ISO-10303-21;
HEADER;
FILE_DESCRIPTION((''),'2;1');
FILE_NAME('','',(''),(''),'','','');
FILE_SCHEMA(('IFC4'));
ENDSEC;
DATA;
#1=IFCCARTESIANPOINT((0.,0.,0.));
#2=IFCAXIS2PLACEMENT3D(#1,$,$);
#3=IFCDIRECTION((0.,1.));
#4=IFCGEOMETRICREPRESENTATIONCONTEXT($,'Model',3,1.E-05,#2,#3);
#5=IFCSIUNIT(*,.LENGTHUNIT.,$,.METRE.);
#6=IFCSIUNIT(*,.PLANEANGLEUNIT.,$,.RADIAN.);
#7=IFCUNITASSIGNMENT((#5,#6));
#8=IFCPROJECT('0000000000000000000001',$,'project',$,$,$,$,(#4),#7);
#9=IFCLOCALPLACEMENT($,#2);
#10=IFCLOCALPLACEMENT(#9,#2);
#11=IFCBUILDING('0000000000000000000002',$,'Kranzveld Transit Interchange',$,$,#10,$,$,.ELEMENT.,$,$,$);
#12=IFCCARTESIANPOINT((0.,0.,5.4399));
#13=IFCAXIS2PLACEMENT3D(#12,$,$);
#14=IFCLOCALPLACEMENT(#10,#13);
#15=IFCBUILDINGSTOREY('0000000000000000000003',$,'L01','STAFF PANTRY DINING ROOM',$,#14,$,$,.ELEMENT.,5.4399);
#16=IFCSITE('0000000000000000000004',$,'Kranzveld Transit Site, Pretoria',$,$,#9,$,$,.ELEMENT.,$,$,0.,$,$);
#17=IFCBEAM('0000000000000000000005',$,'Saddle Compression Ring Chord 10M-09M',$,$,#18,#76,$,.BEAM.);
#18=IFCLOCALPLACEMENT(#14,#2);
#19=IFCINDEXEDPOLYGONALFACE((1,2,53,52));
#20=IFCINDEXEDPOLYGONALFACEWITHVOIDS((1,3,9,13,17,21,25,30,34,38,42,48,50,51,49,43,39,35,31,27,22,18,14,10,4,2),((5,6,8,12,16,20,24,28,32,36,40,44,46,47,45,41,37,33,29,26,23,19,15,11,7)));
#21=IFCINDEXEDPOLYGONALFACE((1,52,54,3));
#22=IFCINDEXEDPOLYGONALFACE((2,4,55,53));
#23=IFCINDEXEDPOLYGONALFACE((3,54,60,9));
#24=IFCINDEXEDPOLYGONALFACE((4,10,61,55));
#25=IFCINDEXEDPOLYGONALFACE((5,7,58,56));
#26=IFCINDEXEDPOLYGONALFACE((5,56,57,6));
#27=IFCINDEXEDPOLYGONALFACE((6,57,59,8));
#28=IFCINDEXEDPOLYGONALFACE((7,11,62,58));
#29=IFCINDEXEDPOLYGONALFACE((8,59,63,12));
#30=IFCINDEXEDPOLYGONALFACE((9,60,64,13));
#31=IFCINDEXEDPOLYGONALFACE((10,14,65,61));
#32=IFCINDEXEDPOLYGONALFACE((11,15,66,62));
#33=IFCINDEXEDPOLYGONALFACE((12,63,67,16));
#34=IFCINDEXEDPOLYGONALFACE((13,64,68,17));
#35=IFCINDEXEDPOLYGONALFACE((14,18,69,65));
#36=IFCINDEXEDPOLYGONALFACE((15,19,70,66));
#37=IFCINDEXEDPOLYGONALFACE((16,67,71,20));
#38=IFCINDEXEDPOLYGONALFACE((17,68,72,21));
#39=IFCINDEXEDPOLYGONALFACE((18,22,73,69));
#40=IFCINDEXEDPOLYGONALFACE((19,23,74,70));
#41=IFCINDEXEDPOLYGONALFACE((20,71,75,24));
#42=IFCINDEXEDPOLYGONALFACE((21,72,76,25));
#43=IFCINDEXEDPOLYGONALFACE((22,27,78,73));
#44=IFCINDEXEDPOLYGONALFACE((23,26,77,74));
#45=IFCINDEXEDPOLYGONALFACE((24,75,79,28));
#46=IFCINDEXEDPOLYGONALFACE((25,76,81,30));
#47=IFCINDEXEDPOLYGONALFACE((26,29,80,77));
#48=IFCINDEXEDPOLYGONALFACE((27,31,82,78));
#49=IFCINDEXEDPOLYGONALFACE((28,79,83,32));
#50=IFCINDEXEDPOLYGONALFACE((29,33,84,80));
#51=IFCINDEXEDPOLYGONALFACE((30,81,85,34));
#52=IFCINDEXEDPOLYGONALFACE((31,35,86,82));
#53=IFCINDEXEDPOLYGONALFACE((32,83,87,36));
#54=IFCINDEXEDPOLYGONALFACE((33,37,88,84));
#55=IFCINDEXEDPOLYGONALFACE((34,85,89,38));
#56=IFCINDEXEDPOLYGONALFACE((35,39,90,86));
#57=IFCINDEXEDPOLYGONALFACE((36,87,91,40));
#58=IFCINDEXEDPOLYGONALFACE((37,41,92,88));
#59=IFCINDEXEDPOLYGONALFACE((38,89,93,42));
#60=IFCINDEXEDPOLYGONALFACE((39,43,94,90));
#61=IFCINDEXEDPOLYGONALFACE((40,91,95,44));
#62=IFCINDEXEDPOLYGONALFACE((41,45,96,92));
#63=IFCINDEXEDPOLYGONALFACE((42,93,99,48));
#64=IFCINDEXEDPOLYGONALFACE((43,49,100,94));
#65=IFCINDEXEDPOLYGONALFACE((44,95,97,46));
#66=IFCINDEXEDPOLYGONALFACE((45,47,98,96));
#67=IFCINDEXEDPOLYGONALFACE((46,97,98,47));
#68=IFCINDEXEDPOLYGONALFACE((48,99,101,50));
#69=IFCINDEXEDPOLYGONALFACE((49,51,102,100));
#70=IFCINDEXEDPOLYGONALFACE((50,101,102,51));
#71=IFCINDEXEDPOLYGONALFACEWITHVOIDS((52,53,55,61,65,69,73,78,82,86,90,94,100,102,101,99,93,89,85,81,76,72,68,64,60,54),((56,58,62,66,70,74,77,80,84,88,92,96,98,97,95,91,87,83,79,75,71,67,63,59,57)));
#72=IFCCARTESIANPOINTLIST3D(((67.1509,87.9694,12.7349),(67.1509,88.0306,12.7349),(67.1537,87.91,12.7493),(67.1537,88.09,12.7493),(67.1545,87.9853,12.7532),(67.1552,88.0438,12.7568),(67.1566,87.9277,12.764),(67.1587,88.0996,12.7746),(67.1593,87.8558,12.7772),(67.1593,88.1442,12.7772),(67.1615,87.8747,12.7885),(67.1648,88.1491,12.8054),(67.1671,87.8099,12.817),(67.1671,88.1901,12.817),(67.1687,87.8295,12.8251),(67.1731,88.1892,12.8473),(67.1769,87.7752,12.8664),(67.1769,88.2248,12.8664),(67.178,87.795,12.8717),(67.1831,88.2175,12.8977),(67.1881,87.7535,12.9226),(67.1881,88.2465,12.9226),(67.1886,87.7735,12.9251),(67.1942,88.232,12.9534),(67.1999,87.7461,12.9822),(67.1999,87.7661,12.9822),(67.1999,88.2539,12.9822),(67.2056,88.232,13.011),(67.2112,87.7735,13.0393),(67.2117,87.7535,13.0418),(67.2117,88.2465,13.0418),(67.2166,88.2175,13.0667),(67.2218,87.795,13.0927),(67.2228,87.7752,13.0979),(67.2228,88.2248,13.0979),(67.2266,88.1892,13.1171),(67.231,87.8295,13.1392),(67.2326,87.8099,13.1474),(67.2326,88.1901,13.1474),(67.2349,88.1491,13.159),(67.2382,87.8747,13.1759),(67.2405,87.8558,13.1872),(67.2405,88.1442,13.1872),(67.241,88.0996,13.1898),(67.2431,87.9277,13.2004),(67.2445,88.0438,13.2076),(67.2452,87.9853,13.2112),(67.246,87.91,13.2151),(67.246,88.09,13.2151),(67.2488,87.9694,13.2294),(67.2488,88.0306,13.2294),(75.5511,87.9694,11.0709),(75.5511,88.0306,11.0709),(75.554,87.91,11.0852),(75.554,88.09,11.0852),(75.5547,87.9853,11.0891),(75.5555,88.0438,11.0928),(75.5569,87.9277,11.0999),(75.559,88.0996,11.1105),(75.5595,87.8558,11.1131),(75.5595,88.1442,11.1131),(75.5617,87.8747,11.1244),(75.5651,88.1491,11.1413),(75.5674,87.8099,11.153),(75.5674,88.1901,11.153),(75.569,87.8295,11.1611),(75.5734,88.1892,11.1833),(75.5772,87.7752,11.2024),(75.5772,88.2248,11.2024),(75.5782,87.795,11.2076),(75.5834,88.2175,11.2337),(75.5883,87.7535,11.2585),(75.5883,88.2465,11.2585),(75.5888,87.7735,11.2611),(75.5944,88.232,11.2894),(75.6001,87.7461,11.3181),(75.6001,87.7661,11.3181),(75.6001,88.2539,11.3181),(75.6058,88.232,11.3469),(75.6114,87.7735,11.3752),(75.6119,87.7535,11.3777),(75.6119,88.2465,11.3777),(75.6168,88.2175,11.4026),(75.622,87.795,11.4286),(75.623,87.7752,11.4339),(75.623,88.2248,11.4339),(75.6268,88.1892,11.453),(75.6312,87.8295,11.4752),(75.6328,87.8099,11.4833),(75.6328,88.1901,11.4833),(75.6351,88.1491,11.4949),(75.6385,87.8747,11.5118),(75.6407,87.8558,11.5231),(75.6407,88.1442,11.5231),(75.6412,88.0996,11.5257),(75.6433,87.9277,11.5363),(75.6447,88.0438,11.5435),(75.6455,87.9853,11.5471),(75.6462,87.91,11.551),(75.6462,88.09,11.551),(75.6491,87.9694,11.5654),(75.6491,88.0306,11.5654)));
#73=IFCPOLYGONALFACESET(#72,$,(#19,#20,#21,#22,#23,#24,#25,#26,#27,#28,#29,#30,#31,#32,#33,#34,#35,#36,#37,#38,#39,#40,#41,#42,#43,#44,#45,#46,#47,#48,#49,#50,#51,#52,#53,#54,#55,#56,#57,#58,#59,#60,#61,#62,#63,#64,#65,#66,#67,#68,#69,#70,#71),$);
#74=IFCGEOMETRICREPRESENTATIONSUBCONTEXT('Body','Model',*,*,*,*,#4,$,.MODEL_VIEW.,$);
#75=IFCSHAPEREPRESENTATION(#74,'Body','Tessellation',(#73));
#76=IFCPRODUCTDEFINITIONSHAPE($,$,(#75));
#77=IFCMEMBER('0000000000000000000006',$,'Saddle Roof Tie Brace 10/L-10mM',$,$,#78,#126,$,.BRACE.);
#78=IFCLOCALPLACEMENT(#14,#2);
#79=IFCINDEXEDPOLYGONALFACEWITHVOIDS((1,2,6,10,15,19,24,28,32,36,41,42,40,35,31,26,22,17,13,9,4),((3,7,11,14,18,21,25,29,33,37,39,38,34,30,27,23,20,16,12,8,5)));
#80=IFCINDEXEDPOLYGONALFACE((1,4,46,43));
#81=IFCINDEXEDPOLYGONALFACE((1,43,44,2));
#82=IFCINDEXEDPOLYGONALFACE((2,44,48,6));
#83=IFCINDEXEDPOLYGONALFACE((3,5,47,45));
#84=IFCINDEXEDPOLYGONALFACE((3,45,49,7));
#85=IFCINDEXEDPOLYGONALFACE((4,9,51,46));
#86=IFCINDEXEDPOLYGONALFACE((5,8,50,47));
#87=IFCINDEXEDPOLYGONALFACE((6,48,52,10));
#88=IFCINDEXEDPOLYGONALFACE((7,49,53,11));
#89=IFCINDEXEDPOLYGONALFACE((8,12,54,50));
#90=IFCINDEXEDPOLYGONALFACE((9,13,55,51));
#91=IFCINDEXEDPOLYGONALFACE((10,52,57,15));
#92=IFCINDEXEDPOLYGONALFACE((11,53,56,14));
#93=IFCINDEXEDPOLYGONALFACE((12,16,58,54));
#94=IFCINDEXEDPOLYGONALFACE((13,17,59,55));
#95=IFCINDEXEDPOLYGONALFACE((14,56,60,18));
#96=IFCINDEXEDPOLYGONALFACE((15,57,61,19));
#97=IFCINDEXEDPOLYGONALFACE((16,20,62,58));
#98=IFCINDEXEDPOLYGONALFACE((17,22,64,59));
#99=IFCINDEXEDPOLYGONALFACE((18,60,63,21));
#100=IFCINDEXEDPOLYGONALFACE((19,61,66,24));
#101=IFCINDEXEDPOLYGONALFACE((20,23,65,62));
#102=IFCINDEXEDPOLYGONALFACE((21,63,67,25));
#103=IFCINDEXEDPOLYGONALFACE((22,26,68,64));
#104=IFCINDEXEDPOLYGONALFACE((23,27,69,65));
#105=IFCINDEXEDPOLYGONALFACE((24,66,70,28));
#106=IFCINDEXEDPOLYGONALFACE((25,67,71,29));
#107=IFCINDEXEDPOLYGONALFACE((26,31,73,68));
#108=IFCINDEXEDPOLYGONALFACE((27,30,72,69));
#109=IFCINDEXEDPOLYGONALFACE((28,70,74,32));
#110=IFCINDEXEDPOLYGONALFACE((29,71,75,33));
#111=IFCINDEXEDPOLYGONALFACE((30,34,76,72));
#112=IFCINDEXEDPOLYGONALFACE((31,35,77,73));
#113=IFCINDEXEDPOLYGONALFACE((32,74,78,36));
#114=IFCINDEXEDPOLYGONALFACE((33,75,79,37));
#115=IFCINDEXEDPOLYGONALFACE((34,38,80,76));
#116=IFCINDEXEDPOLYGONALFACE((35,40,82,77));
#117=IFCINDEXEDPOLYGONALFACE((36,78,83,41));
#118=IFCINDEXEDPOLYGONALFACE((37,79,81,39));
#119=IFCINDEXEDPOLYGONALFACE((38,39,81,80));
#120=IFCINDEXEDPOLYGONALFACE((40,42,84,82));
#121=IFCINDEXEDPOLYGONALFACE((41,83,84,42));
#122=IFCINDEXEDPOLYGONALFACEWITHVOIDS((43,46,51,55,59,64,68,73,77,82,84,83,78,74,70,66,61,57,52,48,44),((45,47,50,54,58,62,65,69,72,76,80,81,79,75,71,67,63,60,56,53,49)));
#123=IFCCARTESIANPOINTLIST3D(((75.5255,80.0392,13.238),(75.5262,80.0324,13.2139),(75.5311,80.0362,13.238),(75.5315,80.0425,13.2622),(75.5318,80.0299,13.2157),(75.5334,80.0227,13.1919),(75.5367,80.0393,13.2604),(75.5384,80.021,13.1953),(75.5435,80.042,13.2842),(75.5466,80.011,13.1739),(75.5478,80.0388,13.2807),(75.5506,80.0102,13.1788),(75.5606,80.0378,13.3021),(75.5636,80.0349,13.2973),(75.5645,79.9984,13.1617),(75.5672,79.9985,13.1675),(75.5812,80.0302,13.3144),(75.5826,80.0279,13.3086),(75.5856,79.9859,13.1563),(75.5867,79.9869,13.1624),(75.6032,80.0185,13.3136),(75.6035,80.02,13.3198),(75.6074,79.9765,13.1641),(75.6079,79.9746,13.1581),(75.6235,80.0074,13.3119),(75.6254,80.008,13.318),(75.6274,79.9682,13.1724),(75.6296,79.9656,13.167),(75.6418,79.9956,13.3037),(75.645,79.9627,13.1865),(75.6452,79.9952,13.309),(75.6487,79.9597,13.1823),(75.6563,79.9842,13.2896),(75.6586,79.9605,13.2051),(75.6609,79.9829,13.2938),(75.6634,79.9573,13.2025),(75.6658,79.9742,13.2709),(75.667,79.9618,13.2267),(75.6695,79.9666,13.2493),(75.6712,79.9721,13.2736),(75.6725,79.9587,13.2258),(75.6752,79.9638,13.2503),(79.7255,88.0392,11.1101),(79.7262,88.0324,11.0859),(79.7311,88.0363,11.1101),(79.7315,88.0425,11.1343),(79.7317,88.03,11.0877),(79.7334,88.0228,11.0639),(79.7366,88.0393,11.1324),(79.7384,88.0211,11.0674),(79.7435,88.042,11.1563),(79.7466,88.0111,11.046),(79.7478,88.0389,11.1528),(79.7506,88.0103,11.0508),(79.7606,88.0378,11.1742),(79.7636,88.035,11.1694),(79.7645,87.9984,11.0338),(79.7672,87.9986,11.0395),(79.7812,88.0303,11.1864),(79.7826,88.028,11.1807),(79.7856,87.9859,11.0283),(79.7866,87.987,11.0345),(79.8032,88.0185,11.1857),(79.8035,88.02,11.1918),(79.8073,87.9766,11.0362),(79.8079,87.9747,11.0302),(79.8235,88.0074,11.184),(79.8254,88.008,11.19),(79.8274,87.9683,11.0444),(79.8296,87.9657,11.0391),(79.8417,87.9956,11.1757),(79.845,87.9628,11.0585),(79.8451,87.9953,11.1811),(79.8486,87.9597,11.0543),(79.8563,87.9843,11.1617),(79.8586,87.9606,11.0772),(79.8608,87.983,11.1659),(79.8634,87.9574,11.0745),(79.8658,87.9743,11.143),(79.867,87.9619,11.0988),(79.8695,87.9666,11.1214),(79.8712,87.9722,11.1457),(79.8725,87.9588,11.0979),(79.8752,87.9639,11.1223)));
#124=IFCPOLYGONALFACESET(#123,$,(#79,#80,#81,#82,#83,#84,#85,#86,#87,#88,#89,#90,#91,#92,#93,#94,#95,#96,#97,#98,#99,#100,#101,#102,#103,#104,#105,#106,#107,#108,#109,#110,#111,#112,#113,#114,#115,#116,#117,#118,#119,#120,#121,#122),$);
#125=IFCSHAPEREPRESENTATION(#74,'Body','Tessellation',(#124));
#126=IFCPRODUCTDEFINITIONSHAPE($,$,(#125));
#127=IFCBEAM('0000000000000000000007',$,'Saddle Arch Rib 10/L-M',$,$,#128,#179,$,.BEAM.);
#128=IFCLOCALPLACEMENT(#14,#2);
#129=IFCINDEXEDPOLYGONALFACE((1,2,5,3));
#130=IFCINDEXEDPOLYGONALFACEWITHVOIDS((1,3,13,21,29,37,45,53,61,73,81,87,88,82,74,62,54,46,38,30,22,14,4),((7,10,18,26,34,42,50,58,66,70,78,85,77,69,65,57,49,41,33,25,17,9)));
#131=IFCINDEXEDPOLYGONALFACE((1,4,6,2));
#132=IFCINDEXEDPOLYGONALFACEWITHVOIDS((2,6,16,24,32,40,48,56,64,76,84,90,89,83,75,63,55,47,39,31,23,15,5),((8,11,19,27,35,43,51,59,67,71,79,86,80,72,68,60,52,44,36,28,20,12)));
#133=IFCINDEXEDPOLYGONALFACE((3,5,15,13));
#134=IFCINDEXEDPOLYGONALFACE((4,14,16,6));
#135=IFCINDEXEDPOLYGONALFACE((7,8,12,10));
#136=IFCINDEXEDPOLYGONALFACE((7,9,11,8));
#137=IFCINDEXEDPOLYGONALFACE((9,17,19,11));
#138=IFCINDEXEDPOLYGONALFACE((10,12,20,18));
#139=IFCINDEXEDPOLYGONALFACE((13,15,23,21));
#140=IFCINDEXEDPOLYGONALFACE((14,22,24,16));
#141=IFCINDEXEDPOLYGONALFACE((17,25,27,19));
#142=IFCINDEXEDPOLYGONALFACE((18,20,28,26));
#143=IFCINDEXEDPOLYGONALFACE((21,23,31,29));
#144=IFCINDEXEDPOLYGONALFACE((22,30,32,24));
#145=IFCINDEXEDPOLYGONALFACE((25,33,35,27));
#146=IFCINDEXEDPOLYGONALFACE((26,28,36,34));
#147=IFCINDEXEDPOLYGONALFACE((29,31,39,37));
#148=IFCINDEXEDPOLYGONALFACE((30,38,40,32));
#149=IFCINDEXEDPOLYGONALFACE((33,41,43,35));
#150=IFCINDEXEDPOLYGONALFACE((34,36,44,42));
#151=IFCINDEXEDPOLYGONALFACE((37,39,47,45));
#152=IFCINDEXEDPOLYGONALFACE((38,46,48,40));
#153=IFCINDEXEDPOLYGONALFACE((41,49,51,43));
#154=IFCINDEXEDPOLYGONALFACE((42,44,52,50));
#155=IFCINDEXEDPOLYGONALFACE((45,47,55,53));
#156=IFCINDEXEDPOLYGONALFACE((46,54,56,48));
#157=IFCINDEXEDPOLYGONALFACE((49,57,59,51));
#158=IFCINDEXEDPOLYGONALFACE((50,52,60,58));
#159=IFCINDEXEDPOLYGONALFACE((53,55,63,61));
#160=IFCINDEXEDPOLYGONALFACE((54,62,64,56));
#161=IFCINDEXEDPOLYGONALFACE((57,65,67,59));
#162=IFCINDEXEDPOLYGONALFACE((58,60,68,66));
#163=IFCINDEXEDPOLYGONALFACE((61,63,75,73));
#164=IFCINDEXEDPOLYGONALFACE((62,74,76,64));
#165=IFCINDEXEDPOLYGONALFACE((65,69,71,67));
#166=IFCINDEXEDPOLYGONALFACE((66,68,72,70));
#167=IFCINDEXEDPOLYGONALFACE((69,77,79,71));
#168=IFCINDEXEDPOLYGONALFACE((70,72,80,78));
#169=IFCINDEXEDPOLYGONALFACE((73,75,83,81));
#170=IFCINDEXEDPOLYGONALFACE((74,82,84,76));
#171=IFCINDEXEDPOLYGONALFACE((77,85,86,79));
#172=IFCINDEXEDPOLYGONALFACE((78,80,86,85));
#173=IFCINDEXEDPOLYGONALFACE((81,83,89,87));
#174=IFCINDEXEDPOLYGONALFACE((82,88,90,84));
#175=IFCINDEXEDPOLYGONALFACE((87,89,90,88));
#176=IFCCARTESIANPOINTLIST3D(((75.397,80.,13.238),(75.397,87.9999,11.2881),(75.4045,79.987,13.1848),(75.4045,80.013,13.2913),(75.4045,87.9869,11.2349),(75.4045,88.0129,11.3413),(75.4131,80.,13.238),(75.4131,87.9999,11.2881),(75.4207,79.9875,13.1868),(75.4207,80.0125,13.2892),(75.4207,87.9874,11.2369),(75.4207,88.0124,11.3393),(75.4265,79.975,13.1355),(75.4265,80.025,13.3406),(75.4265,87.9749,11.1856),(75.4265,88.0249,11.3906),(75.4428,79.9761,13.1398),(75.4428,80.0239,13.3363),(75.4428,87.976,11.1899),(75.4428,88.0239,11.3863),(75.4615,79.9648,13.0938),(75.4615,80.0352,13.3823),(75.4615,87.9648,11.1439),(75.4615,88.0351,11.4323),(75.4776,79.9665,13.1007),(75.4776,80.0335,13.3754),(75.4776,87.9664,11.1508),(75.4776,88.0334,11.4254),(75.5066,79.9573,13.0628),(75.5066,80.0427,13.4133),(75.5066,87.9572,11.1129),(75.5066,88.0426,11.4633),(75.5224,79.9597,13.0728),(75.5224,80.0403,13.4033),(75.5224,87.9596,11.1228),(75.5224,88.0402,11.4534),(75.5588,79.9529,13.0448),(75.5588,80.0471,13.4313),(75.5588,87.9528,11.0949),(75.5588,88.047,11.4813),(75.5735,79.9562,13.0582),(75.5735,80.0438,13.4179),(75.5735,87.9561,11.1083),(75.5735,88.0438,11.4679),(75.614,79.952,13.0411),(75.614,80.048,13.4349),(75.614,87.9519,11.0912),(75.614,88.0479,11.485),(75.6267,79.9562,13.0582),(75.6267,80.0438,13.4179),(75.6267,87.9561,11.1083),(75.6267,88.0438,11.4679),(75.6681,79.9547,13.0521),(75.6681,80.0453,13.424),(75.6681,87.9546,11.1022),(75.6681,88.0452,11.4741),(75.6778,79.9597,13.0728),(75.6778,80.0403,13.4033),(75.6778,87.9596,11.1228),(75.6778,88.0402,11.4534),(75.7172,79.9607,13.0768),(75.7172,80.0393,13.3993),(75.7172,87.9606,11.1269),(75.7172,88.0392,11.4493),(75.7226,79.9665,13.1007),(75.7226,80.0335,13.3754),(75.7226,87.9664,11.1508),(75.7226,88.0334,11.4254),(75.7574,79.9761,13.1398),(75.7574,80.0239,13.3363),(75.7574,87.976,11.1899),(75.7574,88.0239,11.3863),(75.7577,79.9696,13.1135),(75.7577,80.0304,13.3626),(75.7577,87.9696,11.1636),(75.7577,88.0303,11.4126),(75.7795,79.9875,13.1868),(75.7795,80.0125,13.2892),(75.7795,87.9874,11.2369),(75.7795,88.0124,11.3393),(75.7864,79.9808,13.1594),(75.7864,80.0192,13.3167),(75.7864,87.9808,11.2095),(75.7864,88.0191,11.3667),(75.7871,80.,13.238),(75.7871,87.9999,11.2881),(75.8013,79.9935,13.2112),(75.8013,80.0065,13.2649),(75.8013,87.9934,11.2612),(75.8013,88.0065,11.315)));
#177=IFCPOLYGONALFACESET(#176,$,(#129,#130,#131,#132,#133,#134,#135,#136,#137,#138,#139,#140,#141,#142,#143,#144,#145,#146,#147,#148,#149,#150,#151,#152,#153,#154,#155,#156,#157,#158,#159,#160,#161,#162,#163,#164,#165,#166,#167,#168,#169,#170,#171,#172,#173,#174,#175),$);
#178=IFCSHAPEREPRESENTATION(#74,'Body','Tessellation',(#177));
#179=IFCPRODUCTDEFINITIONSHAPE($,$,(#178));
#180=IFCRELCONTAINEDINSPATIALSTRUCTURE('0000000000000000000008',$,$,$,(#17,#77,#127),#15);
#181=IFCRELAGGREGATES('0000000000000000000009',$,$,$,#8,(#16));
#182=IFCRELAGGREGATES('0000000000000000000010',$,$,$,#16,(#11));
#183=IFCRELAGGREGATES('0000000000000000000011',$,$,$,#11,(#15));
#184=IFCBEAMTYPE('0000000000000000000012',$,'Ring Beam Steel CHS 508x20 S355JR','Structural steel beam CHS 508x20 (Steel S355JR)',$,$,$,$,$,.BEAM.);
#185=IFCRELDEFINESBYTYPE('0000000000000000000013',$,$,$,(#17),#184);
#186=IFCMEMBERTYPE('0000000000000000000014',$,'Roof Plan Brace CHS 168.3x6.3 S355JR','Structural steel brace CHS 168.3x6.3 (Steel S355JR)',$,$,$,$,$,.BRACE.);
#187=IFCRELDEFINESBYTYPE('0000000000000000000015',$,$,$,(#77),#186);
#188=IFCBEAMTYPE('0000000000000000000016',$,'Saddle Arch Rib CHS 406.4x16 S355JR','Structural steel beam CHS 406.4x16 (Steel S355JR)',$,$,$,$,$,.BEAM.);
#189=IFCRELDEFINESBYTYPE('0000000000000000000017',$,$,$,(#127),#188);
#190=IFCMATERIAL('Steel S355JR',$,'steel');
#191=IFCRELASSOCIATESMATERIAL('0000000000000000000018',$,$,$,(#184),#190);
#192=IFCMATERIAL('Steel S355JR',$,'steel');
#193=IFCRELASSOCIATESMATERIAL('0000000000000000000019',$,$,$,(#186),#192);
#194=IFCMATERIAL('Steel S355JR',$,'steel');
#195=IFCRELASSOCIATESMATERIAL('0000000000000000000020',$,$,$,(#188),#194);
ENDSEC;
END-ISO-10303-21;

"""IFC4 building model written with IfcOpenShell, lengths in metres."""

from ifc_helpers import new_model, si_unit, direction, frame, origin, origin_2d, place, context, subcontext, project, spatial, hollow_circle, extrude, material, material_profile, profile_set, type_object, element, save


model = new_model("IFC4")

# Units and contexts
model_context = context("Model", 3, precision=1e-05, world=origin(), true_north=direction((0.0, 1.0)))
body_context = subcontext(model_context, "Body", "Model", "MODEL_VIEW")
ifc_project = project(units=[si_unit("LENGTHUNIT", "METRE"), si_unit("PLANEANGLEUNIT", "RADIAN")], contexts=[model_context])

# Site, building, storey
site_placement = place(None, origin())
site = spatial("IfcSite", under=ifc_project, at=site_placement, Name="Kranzveld Transit Site, Pretoria", CompositionType="ELEMENT", RefElevation=0.0)
building_placement = place(site_placement, origin())
building = spatial("IfcBuilding", under=site, at=building_placement, Name="Kranzveld Transit Interchange", CompositionType="ELEMENT")
storey_placement = place(building_placement, frame((0.0, 0.0, 5.4399)))
storey = spatial("IfcBuildingStorey", under=building, at=storey_placement, Name="L01", Description="STAFF PANTRY DINING ROOM", CompositionType="ELEMENT", Elevation=5.4399)

# Beam
ifc_material_1 = material(Name="Steel S355JR", Category="steel")
ifc_material_profile_1 = material_profile(ifc_material_1, hollow_circle(Radius=0.2539, WallThickness=0.02, at=origin_2d()), Name="CHS 508x20")
ifc_profile_set_1 = profile_set([ifc_material_profile_1], Name="Steel S355JR")
beam_type_1 = type_object("IfcBeamType", Name="Ring Beam Steel CHS 508x20 S355JR", Description="Structural steel beam CHS 508x20 (Steel S355JR)", PredefinedType="BEAM", material=ifc_profile_set_1)
beam_1_placement = place(storey_placement, frame((75.6001, 88.0, 11.3181), z_axis=(-0.980938, 0.0, 0.194323), x_axis=(0.0, -1.0, 0.0)))
element("IfcBeam", 1, at=beam_1_placement, inside=storey, type_object=beam_type_1, Name="Saddle Compression Ring Chord 10M-09M", PredefinedType="BEAM", context=body_context, shape_type="SweptSolid", body=[
    extrude(hollow_circle(Radius=0.2539, WallThickness=0.02, at=origin_2d()), origin(), (0.0, 0.0, 1.0), 8.5635),
])

# Member
ifc_material_2 = material(Name="Steel S355JR", Category="steel")
ifc_material_profile_2 = material_profile(ifc_material_2, hollow_circle(Radius=0.0842, WallThickness=0.0063, at=origin_2d()), Name="CHS 168.3x6.3")
ifc_profile_set_2 = profile_set([ifc_material_profile_2], Name="Steel S355JR")
member_type_1 = type_object("IfcMemberType", Name="Roof Plan Brace CHS 168.3x6.3 S355JR", Description="Structural steel brace CHS 168.3x6.3 (Steel S355JR)", PredefinedType="BRACE", material=ifc_profile_set_2)
member_1_placement = place(storey_placement, frame((75.6001, 80.0, 13.238), z_axis=(0.452452, 0.861822, -0.229237), x_axis=(-0.8854, 0.46483, 0.0)))
element("IfcMember", 2, at=member_1_placement, inside=storey, type_object=member_type_1, Name="Saddle Roof Tie Brace 10/L-10mM", PredefinedType="BRACE", context=body_context, shape_type="SweptSolid", body=[
    extrude(hollow_circle(Radius=0.0842, WallThickness=0.0063, at=origin_2d()), origin(), (0.0, 0.0, 1.0), 9.2827),
])

# Beam
ifc_material_3 = material(Name="Steel S355JR", Category="steel")
ifc_material_profile_3 = material_profile(ifc_material_3, hollow_circle(Radius=0.2031, WallThickness=0.0161, at=origin_2d()), Name="CHS 406.4x16")
ifc_profile_set_3 = profile_set([ifc_material_profile_3], Name="Steel S355JR")
beam_type_2 = type_object("IfcBeamType", Name="Saddle Arch Rib CHS 406.4x16 S355JR", Description="Structural steel beam CHS 406.4x16 (Steel S355JR)", PredefinedType="BEAM", material=ifc_profile_set_3)
beam_2_placement = place(storey_placement, frame((75.6001, 80.0, 13.238), z_axis=(0.0, 0.971556, -0.236811), x_axis=(-1.0, 0.0, 0.0)))
element("IfcBeam", 3, at=beam_2_placement, inside=storey, type_object=beam_type_2, Name="Saddle Arch Rib 10/L-M", PredefinedType="BEAM", context=body_context, shape_type="SweptSolid", body=[
    extrude(hollow_circle(Radius=0.2031, WallThickness=0.0161, at=origin_2d()), origin(), (0.0, 0.0, 1.0), 8.2341),
])

save(model, "model.ifc")
